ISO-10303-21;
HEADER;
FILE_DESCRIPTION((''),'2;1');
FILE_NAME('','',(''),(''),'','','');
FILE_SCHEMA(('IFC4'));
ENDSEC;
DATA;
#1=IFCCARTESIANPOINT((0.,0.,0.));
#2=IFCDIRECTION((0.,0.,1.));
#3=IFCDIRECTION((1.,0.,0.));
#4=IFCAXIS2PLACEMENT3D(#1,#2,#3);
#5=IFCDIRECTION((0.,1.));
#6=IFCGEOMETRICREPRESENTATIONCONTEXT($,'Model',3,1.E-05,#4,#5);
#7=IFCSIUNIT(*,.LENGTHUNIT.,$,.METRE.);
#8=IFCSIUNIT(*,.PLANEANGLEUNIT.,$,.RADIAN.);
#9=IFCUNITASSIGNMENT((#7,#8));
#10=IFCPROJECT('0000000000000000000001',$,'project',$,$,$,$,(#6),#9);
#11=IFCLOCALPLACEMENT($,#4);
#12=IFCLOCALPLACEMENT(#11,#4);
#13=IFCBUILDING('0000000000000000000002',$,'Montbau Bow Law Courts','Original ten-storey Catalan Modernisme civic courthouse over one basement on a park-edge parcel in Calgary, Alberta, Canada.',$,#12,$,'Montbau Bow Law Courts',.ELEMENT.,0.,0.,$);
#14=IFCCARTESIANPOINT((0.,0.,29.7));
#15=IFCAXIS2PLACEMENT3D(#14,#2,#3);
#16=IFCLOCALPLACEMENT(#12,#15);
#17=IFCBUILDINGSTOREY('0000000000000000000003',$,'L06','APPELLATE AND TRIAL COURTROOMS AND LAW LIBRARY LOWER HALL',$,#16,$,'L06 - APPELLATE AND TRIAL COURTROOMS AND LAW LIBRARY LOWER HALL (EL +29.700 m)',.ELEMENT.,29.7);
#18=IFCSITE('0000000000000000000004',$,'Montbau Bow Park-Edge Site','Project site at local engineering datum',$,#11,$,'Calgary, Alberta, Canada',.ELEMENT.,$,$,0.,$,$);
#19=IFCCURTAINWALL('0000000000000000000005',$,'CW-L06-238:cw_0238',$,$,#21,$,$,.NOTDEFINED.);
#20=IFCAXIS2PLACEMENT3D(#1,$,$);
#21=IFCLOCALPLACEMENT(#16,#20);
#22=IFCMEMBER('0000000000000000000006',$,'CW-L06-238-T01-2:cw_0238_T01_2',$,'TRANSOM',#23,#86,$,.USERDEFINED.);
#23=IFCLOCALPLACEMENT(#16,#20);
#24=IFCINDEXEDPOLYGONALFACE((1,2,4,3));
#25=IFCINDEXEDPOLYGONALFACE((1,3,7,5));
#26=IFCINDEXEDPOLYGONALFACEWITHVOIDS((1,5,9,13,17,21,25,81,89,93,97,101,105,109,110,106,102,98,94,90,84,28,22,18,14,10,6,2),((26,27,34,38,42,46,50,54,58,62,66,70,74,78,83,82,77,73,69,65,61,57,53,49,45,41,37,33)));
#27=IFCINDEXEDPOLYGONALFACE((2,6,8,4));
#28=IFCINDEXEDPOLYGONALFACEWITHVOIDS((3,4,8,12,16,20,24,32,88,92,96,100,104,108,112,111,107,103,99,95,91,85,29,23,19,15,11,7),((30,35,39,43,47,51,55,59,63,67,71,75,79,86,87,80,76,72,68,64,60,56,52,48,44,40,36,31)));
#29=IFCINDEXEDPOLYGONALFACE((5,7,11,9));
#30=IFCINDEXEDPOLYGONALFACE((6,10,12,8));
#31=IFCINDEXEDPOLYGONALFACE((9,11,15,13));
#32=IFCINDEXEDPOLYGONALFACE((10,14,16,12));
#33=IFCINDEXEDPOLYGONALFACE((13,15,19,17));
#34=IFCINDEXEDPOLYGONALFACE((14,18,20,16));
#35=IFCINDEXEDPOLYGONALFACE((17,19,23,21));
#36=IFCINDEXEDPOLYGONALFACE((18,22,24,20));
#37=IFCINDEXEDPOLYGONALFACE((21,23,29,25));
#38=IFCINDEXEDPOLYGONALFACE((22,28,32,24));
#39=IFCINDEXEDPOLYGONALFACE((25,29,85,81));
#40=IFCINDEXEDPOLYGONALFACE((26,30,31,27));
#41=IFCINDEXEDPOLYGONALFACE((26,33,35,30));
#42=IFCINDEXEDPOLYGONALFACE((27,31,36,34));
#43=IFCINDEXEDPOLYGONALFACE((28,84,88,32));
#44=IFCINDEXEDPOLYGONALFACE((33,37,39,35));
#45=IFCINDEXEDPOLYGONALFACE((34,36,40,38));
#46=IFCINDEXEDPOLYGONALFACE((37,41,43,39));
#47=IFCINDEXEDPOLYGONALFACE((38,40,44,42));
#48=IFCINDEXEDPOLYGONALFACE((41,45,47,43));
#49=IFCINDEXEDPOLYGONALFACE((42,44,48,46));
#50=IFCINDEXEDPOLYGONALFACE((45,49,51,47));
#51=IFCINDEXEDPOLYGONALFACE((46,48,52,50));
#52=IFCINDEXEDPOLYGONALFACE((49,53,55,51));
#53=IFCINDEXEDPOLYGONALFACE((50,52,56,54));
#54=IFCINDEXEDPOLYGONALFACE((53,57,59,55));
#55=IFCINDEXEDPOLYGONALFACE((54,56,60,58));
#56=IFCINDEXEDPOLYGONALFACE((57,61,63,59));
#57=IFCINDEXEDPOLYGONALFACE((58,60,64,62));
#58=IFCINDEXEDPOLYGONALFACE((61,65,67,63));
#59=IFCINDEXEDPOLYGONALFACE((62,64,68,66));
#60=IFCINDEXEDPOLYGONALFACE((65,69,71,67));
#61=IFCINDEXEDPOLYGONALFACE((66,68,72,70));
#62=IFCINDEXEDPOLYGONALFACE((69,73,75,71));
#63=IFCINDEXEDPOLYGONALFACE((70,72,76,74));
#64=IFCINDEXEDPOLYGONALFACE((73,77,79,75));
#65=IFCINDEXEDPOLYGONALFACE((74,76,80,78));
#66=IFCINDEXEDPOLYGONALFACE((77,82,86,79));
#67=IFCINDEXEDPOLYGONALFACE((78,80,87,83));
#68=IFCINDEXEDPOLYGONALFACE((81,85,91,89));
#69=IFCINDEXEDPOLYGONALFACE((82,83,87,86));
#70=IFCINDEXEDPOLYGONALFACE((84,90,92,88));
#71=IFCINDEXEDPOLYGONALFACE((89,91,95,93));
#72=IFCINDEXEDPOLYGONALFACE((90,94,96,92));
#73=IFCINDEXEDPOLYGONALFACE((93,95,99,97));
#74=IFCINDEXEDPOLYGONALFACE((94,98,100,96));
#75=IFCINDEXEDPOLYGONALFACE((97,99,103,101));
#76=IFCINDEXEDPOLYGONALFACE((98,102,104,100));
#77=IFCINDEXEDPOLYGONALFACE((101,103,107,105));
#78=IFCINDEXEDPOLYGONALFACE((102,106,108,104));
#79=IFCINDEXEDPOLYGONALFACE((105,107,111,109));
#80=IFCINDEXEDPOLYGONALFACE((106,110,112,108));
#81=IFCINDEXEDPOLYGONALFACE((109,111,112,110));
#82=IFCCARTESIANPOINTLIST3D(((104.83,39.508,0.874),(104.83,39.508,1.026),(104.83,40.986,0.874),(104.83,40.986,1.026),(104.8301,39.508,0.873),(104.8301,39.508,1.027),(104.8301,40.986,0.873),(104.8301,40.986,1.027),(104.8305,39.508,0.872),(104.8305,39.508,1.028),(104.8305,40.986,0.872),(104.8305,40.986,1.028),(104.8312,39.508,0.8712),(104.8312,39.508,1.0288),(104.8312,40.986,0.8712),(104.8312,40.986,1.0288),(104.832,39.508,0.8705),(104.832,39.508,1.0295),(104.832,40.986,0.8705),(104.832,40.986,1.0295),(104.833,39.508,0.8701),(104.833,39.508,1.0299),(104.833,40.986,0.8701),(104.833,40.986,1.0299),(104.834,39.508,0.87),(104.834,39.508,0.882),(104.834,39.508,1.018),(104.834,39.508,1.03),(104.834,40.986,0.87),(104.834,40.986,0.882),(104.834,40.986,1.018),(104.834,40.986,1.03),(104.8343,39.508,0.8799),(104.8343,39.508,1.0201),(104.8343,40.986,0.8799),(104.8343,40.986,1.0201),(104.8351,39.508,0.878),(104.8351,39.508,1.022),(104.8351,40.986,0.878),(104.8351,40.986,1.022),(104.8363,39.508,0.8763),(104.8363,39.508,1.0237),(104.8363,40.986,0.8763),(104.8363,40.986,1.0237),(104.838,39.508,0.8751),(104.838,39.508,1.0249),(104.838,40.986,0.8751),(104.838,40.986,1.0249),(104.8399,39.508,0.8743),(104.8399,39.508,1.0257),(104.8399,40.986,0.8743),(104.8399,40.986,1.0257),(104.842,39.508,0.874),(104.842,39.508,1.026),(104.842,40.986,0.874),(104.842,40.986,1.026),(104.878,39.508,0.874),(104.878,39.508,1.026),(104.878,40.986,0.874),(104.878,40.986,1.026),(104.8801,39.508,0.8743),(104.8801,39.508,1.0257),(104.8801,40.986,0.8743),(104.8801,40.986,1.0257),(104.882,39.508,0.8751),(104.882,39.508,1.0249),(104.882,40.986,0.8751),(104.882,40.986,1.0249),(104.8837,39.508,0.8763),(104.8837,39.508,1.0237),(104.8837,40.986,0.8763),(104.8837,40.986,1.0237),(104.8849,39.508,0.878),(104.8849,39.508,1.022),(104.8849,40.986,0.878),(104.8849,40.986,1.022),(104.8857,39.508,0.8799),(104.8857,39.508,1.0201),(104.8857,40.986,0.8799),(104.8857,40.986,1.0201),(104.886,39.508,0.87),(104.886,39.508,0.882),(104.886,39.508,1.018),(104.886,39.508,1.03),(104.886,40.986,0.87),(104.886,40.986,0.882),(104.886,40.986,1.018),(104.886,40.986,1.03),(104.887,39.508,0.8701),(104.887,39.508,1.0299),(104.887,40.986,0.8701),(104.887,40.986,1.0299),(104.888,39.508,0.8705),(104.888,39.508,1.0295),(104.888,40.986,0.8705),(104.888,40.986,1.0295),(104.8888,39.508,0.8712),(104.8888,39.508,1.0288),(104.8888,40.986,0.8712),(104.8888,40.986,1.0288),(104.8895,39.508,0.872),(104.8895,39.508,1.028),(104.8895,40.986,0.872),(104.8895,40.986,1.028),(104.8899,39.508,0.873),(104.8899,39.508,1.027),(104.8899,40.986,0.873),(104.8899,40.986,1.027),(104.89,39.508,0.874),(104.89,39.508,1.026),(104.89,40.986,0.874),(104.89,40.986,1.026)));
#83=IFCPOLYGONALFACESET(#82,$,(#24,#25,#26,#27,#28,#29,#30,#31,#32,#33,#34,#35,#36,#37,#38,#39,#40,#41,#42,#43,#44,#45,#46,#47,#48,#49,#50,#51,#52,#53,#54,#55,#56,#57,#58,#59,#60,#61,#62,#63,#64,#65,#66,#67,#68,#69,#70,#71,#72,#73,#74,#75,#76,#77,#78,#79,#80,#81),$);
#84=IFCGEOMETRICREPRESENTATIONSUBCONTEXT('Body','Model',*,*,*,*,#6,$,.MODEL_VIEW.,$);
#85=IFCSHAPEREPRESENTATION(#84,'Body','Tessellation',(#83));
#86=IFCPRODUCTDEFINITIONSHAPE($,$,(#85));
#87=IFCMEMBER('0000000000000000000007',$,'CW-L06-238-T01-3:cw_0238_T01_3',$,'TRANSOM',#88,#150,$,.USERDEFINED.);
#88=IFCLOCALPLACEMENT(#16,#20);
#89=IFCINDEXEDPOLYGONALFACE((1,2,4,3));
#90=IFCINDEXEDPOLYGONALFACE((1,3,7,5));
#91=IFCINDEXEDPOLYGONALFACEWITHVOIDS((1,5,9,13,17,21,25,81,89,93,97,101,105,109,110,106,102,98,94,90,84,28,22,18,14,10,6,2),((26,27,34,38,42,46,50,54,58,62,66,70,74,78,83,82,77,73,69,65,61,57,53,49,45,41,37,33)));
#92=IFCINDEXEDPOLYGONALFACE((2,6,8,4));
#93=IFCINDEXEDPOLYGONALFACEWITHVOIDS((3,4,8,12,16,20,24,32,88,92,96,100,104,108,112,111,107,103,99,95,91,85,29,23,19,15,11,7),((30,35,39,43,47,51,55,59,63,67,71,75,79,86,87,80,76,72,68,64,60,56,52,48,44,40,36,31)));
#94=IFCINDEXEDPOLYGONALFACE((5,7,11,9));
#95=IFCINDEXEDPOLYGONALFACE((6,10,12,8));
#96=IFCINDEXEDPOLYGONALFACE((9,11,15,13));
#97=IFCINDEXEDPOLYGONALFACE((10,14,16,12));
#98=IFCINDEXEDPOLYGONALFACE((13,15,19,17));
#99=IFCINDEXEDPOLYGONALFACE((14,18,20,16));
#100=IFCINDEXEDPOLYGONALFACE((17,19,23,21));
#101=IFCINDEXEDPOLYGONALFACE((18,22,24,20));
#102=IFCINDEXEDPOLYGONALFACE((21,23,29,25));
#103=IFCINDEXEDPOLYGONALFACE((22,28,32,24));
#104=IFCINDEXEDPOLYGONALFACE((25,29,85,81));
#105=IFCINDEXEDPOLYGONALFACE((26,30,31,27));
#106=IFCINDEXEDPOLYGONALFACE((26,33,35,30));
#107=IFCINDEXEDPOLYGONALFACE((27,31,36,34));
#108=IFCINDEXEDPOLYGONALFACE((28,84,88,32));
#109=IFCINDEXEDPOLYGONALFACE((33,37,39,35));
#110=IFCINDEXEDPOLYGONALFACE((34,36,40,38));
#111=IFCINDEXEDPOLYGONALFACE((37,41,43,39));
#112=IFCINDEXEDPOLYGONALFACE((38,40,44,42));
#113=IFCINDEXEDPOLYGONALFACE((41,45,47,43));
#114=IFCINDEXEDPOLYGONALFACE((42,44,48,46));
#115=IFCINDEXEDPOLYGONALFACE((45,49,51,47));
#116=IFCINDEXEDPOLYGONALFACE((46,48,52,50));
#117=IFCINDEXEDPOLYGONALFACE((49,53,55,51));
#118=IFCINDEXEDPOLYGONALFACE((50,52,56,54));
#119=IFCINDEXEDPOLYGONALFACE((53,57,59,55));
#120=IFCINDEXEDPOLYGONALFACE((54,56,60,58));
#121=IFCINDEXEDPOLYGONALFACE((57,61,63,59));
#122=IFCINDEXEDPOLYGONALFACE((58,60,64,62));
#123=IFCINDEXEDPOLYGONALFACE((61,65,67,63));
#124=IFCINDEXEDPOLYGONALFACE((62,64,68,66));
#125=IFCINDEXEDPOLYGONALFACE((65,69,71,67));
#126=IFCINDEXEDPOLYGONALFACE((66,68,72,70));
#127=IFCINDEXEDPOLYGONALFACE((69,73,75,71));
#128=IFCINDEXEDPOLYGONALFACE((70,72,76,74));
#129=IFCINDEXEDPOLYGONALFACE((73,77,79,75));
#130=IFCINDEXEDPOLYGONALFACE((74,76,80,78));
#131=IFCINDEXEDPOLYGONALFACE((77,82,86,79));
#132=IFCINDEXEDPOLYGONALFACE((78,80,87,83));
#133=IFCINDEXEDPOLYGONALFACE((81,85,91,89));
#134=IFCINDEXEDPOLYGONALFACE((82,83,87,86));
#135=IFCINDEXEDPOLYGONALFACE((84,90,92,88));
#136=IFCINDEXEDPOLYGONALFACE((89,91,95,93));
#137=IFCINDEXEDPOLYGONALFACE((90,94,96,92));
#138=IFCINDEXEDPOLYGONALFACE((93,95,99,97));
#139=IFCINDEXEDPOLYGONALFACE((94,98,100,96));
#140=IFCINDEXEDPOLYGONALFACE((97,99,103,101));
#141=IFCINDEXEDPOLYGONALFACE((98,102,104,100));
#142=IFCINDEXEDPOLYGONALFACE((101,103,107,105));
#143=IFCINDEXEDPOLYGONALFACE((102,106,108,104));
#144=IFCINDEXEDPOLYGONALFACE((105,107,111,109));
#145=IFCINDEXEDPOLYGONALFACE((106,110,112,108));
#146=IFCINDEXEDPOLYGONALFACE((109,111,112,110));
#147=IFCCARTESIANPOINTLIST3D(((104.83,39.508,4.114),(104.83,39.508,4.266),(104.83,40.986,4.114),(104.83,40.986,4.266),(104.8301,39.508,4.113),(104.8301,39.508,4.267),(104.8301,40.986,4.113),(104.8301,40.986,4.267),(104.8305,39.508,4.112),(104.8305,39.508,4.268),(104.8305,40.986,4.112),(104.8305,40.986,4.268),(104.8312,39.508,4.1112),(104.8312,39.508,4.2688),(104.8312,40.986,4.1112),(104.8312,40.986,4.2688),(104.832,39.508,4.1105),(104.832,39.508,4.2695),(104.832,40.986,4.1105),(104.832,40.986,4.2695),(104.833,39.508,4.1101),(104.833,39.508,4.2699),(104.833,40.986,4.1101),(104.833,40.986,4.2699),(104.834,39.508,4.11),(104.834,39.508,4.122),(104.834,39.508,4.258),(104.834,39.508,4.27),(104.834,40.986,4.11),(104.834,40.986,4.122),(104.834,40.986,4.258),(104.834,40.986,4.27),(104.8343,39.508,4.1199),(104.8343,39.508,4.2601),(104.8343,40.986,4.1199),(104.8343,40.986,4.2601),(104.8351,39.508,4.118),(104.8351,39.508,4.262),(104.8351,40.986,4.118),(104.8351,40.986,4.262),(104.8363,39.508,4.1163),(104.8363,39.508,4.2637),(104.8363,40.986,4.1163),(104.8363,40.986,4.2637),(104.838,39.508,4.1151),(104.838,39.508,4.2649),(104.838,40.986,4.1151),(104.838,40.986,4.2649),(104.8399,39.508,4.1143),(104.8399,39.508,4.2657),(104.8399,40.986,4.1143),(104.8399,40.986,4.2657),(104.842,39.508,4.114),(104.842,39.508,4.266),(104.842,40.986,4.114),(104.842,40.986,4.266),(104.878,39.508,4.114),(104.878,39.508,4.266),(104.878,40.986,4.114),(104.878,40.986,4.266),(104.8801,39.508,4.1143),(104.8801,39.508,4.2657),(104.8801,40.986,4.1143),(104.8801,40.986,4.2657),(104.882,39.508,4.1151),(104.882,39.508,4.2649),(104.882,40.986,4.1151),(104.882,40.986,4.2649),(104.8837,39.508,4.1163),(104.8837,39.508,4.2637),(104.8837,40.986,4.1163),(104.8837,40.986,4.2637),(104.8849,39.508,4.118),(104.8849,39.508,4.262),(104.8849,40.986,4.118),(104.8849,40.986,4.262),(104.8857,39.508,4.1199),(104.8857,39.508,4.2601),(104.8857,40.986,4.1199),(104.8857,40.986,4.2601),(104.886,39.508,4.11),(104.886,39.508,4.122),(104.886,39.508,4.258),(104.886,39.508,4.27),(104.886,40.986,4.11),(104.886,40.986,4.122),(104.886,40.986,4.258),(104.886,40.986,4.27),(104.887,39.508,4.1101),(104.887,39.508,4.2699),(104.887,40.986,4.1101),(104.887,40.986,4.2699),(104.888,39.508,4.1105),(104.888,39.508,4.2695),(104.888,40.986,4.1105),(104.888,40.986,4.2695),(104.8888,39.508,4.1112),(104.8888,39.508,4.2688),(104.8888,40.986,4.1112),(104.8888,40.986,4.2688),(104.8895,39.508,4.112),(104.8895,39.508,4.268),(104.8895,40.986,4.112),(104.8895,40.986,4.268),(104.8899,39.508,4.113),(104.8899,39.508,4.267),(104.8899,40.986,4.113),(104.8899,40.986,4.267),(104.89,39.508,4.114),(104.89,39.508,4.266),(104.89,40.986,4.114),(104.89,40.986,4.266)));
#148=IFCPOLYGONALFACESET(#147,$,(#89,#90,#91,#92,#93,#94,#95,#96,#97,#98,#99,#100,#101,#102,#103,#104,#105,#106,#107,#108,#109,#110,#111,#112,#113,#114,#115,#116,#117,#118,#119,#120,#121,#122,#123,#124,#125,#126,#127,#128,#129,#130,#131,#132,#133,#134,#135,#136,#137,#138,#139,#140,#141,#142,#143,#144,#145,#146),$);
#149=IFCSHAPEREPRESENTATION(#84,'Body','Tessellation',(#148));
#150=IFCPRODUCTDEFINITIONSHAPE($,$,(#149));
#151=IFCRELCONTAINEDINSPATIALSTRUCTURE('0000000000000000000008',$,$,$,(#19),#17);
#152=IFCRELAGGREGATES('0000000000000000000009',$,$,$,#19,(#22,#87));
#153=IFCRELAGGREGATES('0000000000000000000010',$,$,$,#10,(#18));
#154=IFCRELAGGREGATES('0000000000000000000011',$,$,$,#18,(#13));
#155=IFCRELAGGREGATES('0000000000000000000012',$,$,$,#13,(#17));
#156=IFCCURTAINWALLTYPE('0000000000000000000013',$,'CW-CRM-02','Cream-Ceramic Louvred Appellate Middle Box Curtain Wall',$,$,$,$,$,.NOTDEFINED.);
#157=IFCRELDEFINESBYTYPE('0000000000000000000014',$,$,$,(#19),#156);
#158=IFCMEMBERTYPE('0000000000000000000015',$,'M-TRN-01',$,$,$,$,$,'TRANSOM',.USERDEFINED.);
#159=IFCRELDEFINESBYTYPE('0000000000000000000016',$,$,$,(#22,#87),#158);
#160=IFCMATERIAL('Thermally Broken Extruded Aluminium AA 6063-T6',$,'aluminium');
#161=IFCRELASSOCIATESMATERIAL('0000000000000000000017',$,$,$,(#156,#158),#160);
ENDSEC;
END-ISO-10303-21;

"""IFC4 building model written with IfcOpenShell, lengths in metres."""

from ifc_helpers import new_model, si_unit, direction, frame, origin_with_axes, origin_2d_with_axis, place, context, subcontext, project, spatial, hollow_rectangle, extrude, material, material_profile, profile_set, type_object, element, aggregate, save


model = new_model("IFC4")

# Units and contexts
model_context = context("Model", 3, precision=1e-05, world=origin_with_axes(), true_north=direction((0.0, 1.0)))
body_context = subcontext(model_context, "Body", "Model", "MODEL_VIEW")
ifc_project = project(units=[si_unit("LENGTHUNIT", "METRE"), si_unit("PLANEANGLEUNIT", "RADIAN")], contexts=[model_context])

# Site, building, storey
site_placement = place(None, origin_with_axes())
site = spatial("IfcSite", under=ifc_project, at=site_placement, Name="Montbau Bow Park-Edge Site", Description="Project site at local engineering datum", LongName="Calgary, Alberta, Canada", CompositionType="ELEMENT", RefElevation=0.0)
building_placement = place(site_placement, origin_with_axes())
building = spatial("IfcBuilding", under=site, at=building_placement, Name="Montbau Bow Law Courts", Description="Original ten-storey Catalan Modernisme civic courthouse over one basement on a park-edge parcel in Calgary, Alberta, Canada.", LongName="Montbau Bow Law Courts", CompositionType="ELEMENT", ElevationOfRefHeight=0.0, ElevationOfTerrain=0.0)
storey_placement = place(building_placement, frame((0.0, 0.0, 29.7), z_axis=(0.0, 0.0, 1.0), x_axis=(1.0, 0.0, 0.0)))
storey = spatial("IfcBuildingStorey", under=building, at=storey_placement, Name="L06", Description="APPELLATE AND TRIAL COURTROOMS AND LAW LIBRARY LOWER HALL", LongName="L06 - APPELLATE AND TRIAL COURTROOMS AND LAW LIBRARY LOWER HALL (EL +29.700 m)", CompositionType="ELEMENT", Elevation=29.7)

# Shared definitions
ifc_material_1 = material(Name="Thermally Broken Extruded Aluminium AA 6063-T6", Category="aluminium")
curtain_wall_type = type_object("IfcCurtainWallType", Name="CW-CRM-02", Description="Cream-Ceramic Louvred Appellate Middle Box Curtain Wall", PredefinedType="NOTDEFINED", material=ifc_material_1)
ifc_material_profile = material_profile(ifc_material_1, hollow_rectangle(XDim=0.06, YDim=0.16, WallThickness=0.004, InnerFilletRadius=0.008, OuterFilletRadius=0.004, at=origin_2d_with_axis()), Name="CWT-160X60", Category="Main", Priority=0)
ifc_profile_set = profile_set([ifc_material_profile], Name="Thermally Broken Extruded Aluminium AA 6063-T6")
member_type = type_object("IfcMemberType", Name="M-TRN-01", ElementType="TRANSOM", PredefinedType="USERDEFINED", material=ifc_profile_set)

# Curtain wall, members
curtain_wall_1_placement = place(None, frame((104.86, 39.44, 29.7), z_axis=(0.0, 0.0, 1.0), x_axis=(1.0, 0.0, 0.0)))
curtain_wall_1 = element("IfcCurtainWall", 1, at=curtain_wall_1_placement, inside=storey, type_object=curtain_wall_type, Name="CW-L06-238:cw_0238", PredefinedType="NOTDEFINED")
member_1_placement = place(None, frame((104.86, 39.508, 30.65), z_axis=(0.0, 1.0, 0.0), x_axis=(-1.0, 0.0, 0.0)))
member_1 = element("IfcMember", 2, at=member_1_placement, type_object=member_type, Name="CW-L06-238-T01-2:cw_0238_T01_2", ObjectType="TRANSOM", PredefinedType="USERDEFINED", context=body_context, shape_type="SweptSolid", body=[
    extrude(hollow_rectangle(XDim=0.06, YDim=0.16, WallThickness=0.004, InnerFilletRadius=0.008, OuterFilletRadius=0.004, at=origin_2d_with_axis()), origin_with_axes(), (0.0, 0.0, 1.0), 1.478),
])
member_2_placement = place(None, frame((104.86, 39.508, 33.89), z_axis=(0.0, 1.0, 0.0), x_axis=(-1.0, 0.0, 0.0)))
member_2 = element("IfcMember", 3, at=member_2_placement, type_object=member_type, Name="CW-L06-238-T01-3:cw_0238_T01_3", ObjectType="TRANSOM", PredefinedType="USERDEFINED", context=body_context, shape_type="SweptSolid", body=[
    extrude(hollow_rectangle(XDim=0.06, YDim=0.16, WallThickness=0.004, InnerFilletRadius=0.008, OuterFilletRadius=0.004, at=origin_2d_with_axis()), origin_with_axes(), (0.0, 0.0, 1.0), 1.478),
])
aggregate(curtain_wall_1, [member_1, member_2])

save(model, "model.ifc")
